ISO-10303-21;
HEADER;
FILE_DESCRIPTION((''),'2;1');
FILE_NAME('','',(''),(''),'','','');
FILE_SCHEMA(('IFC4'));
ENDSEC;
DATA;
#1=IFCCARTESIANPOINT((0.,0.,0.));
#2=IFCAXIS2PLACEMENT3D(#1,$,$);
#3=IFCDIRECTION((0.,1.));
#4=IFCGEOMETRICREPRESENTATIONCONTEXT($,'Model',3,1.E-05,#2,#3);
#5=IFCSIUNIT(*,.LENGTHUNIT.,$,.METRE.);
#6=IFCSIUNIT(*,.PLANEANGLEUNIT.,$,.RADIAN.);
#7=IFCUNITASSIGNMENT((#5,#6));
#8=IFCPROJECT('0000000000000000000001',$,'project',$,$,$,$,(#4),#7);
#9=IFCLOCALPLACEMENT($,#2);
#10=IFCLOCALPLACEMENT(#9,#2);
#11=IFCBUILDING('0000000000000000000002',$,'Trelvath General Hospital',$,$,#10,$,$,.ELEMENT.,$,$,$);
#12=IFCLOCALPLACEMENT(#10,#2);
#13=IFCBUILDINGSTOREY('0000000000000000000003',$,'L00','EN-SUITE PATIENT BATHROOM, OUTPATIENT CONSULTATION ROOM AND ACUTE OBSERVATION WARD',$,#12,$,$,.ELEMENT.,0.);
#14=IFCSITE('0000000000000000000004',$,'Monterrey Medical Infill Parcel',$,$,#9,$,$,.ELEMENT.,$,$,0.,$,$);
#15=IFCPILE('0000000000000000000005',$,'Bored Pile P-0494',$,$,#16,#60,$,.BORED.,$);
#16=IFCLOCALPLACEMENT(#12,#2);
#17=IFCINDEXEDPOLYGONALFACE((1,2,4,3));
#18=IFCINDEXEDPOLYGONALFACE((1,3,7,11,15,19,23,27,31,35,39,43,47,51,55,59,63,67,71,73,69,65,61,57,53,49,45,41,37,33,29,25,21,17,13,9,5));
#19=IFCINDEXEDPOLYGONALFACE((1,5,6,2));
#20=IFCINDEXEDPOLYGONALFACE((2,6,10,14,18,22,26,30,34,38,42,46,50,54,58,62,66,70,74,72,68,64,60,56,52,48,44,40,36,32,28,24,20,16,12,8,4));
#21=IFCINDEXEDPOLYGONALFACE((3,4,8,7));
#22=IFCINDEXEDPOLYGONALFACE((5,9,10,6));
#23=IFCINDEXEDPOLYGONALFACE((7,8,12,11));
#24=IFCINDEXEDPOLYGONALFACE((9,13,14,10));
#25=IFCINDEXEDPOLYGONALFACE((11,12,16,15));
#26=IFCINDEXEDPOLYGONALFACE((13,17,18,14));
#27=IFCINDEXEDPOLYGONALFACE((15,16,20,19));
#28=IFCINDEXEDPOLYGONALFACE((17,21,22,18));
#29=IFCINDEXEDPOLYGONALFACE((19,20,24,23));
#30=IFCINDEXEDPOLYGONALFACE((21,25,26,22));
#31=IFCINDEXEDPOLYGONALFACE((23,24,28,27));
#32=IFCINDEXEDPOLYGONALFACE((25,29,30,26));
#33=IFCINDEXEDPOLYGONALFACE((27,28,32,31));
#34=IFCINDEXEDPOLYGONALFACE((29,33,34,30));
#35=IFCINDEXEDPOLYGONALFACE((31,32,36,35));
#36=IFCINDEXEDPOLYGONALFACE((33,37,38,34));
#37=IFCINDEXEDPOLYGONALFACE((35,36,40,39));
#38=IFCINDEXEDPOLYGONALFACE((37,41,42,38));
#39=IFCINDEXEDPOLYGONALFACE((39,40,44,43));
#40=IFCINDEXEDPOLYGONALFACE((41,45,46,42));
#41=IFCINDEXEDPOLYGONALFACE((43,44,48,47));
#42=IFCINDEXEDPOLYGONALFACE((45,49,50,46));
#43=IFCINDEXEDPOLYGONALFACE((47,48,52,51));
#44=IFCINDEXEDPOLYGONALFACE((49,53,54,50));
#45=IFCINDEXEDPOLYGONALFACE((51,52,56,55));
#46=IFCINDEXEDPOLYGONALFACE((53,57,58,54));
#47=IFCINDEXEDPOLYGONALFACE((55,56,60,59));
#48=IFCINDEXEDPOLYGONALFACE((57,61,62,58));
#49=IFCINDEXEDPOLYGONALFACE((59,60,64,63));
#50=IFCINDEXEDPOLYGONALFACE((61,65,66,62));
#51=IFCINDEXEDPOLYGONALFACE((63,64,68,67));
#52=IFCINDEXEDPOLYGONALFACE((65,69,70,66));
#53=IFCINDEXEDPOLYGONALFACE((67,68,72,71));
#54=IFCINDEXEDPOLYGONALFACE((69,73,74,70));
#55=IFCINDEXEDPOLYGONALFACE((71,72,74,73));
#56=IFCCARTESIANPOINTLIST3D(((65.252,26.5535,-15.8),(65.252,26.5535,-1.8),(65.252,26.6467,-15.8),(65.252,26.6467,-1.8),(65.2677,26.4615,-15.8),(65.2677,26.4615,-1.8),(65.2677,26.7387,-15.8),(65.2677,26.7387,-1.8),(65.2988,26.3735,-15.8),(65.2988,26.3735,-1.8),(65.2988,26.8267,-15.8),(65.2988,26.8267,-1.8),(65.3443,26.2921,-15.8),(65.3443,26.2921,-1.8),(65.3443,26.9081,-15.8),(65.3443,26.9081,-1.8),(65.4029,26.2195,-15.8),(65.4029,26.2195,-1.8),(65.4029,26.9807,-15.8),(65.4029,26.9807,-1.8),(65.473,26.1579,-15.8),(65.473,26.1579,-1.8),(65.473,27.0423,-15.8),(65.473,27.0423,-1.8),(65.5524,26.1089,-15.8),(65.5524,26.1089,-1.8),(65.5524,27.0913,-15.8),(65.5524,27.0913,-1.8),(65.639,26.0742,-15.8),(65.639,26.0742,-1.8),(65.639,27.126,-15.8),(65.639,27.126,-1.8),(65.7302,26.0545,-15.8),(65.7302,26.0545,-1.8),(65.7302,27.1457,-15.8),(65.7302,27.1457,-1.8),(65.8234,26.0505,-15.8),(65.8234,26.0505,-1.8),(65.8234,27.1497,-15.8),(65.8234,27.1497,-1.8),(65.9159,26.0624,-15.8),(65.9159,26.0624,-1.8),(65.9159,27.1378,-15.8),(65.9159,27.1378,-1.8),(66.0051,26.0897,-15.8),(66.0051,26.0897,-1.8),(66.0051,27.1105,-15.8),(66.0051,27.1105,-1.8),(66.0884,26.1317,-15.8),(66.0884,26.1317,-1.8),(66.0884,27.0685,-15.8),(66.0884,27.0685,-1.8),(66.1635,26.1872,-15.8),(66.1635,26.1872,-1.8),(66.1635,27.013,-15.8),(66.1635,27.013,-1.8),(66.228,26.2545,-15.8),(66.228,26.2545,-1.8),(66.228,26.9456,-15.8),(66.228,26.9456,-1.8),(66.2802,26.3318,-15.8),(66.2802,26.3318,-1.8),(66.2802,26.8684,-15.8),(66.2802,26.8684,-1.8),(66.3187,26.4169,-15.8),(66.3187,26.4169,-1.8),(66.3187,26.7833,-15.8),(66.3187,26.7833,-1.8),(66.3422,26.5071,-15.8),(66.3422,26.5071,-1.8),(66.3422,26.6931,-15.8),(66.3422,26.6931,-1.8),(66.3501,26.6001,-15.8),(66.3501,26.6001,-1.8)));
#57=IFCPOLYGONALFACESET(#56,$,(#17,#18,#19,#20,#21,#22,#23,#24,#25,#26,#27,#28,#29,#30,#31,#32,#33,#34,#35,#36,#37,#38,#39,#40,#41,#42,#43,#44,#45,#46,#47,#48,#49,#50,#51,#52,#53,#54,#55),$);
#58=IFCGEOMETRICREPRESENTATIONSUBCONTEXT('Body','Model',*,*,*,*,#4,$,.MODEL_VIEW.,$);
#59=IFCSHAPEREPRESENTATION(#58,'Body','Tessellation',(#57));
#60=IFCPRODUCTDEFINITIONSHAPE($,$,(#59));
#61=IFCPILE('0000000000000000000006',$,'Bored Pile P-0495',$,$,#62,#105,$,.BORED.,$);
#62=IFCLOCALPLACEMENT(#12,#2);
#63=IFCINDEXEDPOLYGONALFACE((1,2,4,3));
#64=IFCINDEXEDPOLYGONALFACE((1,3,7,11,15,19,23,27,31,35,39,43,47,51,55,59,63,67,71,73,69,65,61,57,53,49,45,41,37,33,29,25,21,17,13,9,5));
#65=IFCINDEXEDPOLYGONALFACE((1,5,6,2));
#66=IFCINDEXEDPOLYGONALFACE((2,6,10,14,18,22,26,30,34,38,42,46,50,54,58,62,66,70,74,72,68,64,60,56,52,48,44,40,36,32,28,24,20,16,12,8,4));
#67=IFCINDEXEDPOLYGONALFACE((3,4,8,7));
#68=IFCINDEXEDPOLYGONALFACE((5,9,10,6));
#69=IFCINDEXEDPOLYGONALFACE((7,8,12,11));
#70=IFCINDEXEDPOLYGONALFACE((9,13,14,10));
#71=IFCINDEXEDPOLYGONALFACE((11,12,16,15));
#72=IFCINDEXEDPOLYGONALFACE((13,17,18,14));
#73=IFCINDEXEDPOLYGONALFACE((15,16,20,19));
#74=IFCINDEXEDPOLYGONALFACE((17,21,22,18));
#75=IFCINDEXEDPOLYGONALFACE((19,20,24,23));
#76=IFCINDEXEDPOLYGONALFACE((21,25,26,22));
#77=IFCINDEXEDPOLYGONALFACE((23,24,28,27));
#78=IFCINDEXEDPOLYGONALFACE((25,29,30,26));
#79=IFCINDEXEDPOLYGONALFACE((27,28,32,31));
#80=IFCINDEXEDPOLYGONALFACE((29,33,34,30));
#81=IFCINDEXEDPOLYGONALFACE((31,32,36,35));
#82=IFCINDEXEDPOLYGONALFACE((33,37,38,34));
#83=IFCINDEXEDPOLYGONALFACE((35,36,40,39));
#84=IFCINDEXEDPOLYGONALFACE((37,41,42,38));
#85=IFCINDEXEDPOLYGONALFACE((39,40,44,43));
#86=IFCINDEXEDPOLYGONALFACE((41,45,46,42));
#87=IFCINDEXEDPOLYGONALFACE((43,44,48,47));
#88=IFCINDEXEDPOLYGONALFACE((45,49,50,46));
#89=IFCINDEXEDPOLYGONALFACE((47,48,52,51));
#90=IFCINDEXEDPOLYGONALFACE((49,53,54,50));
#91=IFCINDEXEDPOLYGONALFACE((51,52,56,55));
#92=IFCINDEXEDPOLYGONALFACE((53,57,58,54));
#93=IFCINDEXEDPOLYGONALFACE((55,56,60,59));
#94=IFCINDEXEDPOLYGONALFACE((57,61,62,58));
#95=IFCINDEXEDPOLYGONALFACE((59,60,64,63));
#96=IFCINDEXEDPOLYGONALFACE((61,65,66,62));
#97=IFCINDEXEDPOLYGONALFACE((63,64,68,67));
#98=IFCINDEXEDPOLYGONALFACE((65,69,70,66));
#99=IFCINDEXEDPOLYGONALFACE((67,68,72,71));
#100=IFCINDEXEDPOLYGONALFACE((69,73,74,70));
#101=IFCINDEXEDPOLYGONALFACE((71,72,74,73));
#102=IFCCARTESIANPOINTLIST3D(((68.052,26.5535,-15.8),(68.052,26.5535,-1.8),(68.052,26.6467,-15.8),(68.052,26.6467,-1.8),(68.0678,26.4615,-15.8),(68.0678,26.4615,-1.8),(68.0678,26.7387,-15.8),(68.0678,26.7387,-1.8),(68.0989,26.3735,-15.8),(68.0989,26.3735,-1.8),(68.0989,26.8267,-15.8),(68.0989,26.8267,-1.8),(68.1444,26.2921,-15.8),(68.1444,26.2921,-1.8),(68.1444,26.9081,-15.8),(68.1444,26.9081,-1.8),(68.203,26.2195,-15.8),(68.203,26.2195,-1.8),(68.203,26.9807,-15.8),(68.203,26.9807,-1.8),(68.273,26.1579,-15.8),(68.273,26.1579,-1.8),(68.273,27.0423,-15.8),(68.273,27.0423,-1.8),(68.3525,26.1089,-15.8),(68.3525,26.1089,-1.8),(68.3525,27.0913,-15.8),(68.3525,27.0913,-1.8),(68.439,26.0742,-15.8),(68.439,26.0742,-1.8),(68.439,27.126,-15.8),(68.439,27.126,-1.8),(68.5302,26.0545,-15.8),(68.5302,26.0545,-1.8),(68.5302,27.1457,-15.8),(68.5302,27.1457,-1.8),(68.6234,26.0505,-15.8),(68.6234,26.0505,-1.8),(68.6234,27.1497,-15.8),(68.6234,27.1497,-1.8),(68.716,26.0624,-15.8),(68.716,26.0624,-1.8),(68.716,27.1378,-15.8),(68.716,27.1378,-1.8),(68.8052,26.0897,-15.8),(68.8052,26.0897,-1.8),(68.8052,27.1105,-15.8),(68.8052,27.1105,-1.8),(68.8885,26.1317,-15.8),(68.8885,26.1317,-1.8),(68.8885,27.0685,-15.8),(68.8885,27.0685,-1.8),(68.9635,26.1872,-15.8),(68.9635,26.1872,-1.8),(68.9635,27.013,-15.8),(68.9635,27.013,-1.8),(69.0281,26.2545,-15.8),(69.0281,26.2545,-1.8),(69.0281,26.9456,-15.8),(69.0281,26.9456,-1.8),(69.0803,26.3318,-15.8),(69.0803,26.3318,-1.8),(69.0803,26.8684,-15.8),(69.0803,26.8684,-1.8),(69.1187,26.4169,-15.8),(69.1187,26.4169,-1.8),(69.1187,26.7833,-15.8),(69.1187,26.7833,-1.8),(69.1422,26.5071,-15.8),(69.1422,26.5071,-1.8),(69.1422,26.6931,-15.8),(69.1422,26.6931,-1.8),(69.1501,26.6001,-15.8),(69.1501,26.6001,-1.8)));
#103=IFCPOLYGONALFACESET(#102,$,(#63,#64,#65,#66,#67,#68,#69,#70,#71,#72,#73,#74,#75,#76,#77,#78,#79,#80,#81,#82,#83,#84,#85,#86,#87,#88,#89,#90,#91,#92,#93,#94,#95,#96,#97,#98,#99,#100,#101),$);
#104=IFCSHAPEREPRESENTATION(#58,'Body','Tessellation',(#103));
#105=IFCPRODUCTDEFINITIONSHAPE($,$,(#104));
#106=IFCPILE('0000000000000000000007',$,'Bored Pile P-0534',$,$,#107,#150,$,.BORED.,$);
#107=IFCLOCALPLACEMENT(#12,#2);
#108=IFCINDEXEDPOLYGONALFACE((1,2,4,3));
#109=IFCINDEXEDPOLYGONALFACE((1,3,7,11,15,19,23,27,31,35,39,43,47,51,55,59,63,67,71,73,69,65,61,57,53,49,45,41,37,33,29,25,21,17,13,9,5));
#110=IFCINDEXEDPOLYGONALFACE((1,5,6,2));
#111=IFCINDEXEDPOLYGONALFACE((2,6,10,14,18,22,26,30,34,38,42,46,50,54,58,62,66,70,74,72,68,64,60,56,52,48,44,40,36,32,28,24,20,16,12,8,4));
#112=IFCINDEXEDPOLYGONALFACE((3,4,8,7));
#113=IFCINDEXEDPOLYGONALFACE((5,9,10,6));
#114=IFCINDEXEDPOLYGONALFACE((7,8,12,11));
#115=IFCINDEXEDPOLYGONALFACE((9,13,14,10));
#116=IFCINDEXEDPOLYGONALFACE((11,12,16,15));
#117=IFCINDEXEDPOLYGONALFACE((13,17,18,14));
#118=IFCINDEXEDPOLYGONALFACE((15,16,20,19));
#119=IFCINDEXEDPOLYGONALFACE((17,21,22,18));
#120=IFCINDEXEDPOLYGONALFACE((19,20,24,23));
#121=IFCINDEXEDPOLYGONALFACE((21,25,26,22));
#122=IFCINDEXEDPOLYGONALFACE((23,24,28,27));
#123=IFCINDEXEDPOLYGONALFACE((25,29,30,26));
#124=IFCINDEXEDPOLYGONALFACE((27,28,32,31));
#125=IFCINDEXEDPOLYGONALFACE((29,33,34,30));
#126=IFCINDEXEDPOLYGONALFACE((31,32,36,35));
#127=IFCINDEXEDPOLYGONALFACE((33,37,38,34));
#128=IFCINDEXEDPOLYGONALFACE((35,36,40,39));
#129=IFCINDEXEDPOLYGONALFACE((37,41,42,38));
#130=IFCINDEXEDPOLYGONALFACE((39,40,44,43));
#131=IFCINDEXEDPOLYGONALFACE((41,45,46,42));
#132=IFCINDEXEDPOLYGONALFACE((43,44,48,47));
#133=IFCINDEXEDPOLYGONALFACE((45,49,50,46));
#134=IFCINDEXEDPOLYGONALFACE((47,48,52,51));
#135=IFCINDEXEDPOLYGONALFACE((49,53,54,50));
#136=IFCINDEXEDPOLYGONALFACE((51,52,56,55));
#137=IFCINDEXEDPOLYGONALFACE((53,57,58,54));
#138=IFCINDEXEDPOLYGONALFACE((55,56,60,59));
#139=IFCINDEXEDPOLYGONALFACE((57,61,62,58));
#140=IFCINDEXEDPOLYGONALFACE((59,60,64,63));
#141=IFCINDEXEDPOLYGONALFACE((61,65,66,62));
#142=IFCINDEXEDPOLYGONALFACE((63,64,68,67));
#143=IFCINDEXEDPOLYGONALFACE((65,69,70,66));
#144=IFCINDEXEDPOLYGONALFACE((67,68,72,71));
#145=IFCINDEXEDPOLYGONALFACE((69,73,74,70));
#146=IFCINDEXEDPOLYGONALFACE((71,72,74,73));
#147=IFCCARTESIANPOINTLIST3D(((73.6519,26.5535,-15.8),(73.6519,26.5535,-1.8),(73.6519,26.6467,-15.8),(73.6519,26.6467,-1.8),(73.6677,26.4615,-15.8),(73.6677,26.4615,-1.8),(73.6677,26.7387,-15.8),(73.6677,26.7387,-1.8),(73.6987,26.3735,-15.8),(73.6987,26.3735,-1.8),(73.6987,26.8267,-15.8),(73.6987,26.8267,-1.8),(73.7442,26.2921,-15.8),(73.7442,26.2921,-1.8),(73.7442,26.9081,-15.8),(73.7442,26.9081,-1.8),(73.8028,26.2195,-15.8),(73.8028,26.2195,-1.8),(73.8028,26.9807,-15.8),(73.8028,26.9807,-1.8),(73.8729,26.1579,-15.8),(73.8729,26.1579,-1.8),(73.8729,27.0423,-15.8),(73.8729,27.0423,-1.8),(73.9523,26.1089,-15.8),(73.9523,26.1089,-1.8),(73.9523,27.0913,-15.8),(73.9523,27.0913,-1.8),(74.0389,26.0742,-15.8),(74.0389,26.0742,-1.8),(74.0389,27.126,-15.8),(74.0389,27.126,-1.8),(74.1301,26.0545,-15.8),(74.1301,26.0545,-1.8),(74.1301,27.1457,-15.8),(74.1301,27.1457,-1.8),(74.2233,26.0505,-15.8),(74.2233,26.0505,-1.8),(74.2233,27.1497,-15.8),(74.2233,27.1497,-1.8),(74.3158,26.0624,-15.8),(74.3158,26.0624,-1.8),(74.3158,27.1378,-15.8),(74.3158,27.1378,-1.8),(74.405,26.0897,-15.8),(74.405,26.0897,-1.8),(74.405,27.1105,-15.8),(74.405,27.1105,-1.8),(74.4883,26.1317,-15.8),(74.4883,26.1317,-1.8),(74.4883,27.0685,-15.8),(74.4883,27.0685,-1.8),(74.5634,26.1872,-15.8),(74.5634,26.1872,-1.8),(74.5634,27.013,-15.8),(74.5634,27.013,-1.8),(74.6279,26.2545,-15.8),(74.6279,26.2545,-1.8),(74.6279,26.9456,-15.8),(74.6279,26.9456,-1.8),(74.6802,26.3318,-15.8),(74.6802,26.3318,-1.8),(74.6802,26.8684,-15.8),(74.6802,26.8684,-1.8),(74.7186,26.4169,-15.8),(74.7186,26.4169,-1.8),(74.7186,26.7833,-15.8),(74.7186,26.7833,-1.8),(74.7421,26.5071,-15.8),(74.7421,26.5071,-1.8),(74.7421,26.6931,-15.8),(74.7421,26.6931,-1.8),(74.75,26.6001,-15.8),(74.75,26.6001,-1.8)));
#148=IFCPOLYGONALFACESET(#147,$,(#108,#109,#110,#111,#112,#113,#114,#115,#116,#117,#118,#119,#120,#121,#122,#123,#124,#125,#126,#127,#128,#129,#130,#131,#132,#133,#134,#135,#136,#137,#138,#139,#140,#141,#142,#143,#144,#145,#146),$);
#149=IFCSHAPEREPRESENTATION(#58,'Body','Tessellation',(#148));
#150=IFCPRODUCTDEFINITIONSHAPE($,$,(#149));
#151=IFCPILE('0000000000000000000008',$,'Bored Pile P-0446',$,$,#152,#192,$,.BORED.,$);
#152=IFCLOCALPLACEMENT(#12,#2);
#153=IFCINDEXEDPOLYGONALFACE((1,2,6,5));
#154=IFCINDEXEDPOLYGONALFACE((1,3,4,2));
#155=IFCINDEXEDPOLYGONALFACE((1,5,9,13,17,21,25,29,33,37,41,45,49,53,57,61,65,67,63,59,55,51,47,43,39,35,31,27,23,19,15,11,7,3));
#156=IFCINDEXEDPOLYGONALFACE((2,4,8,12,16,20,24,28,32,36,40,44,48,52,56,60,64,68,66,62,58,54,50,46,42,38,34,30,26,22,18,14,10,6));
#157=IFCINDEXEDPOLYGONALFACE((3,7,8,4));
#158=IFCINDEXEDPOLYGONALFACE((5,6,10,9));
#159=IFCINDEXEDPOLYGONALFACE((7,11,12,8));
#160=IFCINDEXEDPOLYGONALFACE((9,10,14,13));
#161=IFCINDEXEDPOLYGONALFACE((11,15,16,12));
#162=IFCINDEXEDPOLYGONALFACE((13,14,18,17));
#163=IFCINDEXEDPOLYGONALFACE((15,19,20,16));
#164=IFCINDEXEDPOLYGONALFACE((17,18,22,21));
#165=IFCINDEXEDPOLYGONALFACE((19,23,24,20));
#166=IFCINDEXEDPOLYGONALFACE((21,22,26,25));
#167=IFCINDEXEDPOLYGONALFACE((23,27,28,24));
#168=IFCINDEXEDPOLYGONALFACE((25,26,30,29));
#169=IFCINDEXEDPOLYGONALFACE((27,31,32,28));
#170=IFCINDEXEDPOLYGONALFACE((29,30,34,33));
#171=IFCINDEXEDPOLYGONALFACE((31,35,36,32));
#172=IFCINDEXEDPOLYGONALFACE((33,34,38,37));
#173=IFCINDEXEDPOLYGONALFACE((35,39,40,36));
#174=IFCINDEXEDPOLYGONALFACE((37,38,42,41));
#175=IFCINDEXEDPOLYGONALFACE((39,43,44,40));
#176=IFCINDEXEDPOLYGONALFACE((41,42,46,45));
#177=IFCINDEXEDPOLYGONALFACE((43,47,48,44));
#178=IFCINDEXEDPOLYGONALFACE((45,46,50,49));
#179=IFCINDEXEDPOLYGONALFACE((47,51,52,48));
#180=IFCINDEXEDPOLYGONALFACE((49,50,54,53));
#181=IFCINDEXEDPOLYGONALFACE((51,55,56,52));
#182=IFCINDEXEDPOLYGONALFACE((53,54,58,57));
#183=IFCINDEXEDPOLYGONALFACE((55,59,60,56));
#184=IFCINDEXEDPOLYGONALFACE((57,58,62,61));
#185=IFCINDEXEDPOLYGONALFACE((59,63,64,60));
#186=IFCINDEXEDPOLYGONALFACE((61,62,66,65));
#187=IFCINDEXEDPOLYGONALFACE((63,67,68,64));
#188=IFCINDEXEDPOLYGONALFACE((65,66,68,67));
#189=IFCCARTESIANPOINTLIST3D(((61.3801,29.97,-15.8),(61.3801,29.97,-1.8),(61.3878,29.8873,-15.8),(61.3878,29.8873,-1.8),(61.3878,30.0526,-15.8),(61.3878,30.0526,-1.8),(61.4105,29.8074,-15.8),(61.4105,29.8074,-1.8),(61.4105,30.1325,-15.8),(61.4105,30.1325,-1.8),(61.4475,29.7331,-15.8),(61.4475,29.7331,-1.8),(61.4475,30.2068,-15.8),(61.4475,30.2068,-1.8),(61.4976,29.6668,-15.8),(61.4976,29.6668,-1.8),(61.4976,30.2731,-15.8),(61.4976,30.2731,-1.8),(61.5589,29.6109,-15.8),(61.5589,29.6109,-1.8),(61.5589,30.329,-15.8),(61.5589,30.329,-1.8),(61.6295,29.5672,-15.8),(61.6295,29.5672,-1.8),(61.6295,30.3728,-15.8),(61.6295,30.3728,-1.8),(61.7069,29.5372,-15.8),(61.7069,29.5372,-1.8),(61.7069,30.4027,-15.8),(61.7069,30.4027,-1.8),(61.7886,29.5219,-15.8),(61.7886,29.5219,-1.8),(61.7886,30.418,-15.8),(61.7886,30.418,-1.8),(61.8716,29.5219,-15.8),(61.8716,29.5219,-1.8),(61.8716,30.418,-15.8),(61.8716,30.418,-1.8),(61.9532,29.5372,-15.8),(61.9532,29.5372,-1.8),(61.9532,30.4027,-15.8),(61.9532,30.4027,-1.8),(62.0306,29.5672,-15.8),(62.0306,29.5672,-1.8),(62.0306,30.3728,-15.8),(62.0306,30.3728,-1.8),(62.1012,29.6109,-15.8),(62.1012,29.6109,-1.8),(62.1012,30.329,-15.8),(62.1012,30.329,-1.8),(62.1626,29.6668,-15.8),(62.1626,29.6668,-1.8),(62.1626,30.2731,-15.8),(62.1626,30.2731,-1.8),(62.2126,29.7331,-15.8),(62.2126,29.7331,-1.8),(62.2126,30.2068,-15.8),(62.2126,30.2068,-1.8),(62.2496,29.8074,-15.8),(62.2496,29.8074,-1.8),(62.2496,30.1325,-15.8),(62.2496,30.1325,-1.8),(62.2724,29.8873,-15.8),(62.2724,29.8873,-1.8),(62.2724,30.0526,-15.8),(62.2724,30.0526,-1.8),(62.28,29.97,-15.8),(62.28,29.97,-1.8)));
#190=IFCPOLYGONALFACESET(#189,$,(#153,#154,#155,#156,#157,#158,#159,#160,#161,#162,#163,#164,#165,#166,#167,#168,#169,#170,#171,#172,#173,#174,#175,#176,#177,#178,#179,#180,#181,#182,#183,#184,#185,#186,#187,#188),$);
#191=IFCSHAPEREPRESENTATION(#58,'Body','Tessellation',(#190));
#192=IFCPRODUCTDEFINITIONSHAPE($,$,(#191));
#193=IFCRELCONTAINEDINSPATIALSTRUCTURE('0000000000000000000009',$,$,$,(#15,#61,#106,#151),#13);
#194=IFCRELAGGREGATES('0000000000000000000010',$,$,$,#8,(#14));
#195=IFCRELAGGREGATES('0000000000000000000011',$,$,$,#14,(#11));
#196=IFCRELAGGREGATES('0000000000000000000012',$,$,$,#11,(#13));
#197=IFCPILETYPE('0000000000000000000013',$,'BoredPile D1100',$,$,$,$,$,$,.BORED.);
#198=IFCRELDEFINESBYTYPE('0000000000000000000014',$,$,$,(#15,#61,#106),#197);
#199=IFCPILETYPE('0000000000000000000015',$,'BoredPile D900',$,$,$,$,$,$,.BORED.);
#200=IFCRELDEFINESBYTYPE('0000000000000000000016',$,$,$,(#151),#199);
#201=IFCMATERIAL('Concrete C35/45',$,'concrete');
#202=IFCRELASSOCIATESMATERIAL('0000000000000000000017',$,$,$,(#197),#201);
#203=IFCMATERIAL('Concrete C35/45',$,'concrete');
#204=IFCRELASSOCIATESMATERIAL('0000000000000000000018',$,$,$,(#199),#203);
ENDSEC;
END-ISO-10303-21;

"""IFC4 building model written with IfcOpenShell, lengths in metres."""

from ifc_helpers import new_model, si_unit, direction, frame, origin, origin_2d, place, context, subcontext, project, spatial, circle, extrude, material, material_profile, profile_set, type_object, element, save


model = new_model("IFC4")

# Units and contexts
model_context = context("Model", 3, precision=1e-05, world=origin(), true_north=direction((0.0, 1.0)))
body_context = subcontext(model_context, "Body", "Model", "MODEL_VIEW")
ifc_project = project(units=[si_unit("LENGTHUNIT", "METRE"), si_unit("PLANEANGLEUNIT", "RADIAN")], contexts=[model_context])

# Site, building, storey
site_placement = place(None, origin())
site = spatial("IfcSite", under=ifc_project, at=site_placement, Name="Monterrey Medical Infill Parcel", CompositionType="ELEMENT", RefElevation=0.0)
building_placement = place(site_placement, origin())
building = spatial("IfcBuilding", under=site, at=building_placement, Name="Trelvath General Hospital", CompositionType="ELEMENT")
storey_placement = place(building_placement, origin())
storey = spatial("IfcBuildingStorey", under=building, at=storey_placement, Name="L00", Description="EN-SUITE PATIENT BATHROOM, OUTPATIENT CONSULTATION ROOM AND ACUTE OBSERVATION WARD", CompositionType="ELEMENT", Elevation=0.0)

# Piles
ifc_material_1 = material(Name="Concrete C35/45", Category="concrete")
ifc_material_profile_1 = material_profile(ifc_material_1, circle(Radius=0.55, at=origin_2d()), Name="PILE1100")
ifc_profile_set_1 = profile_set([ifc_material_profile_1], Name="Concrete C35/45")
pile_type_1 = type_object("IfcPileType", Name="BoredPile D1100", PredefinedType="BORED", material=ifc_profile_set_1)
for number, where, z_axis, x_axis, name in (
    (1, (65.8, 26.6001, -1.8), (0.0, 0.0, -1.0), (1.0, 0.0, 0.0), "Bored Pile P-0494"),
    (2, (68.6001, 26.6001, -1.8), (0.0, 0.0, -1.0), (1.0, 0.0, 0.0), "Bored Pile P-0495"),
    (3, (74.2, 26.6001, -1.8), (0.0, 0.0, -1.0), (1.0, 0.0, 0.0), "Bored Pile P-0534"),
):
    element("IfcPile", number, at=place(storey_placement, frame(where, z_axis=z_axis, x_axis=x_axis)), inside=storey, type_object=pile_type_1, Name=name, PredefinedType="BORED", context=body_context, shape_type="SweptSolid", body=[
        extrude(circle(Radius=0.55, at=origin_2d()), origin(), (0.0, 0.0, 1.0), 14.0),
    ])
ifc_material_2 = material(Name="Concrete C35/45", Category="concrete")
ifc_material_profile_2 = material_profile(ifc_material_2, circle(Radius=0.45, at=origin_2d()), Name="PILE900")
ifc_profile_set_2 = profile_set([ifc_material_profile_2], Name="Concrete C35/45")
pile_type_2 = type_object("IfcPileType", Name="BoredPile D900", PredefinedType="BORED", material=ifc_profile_set_2)
for number, where, z_axis, x_axis, name in (
    (4, (61.8301, 29.97, -1.8), (0.0, 0.0, -1.0), (1.0, 0.0, 0.0), "Bored Pile P-0446"),
):
    element("IfcPile", number, at=place(storey_placement, frame(where, z_axis=z_axis, x_axis=x_axis)), inside=storey, type_object=pile_type_2, Name=name, PredefinedType="BORED", context=body_context, shape_type="SweptSolid", body=[
        extrude(circle(Radius=0.45, at=origin_2d()), origin(), (0.0, 0.0, 1.0), 14.0),
    ])

save(model, "model.ifc")
